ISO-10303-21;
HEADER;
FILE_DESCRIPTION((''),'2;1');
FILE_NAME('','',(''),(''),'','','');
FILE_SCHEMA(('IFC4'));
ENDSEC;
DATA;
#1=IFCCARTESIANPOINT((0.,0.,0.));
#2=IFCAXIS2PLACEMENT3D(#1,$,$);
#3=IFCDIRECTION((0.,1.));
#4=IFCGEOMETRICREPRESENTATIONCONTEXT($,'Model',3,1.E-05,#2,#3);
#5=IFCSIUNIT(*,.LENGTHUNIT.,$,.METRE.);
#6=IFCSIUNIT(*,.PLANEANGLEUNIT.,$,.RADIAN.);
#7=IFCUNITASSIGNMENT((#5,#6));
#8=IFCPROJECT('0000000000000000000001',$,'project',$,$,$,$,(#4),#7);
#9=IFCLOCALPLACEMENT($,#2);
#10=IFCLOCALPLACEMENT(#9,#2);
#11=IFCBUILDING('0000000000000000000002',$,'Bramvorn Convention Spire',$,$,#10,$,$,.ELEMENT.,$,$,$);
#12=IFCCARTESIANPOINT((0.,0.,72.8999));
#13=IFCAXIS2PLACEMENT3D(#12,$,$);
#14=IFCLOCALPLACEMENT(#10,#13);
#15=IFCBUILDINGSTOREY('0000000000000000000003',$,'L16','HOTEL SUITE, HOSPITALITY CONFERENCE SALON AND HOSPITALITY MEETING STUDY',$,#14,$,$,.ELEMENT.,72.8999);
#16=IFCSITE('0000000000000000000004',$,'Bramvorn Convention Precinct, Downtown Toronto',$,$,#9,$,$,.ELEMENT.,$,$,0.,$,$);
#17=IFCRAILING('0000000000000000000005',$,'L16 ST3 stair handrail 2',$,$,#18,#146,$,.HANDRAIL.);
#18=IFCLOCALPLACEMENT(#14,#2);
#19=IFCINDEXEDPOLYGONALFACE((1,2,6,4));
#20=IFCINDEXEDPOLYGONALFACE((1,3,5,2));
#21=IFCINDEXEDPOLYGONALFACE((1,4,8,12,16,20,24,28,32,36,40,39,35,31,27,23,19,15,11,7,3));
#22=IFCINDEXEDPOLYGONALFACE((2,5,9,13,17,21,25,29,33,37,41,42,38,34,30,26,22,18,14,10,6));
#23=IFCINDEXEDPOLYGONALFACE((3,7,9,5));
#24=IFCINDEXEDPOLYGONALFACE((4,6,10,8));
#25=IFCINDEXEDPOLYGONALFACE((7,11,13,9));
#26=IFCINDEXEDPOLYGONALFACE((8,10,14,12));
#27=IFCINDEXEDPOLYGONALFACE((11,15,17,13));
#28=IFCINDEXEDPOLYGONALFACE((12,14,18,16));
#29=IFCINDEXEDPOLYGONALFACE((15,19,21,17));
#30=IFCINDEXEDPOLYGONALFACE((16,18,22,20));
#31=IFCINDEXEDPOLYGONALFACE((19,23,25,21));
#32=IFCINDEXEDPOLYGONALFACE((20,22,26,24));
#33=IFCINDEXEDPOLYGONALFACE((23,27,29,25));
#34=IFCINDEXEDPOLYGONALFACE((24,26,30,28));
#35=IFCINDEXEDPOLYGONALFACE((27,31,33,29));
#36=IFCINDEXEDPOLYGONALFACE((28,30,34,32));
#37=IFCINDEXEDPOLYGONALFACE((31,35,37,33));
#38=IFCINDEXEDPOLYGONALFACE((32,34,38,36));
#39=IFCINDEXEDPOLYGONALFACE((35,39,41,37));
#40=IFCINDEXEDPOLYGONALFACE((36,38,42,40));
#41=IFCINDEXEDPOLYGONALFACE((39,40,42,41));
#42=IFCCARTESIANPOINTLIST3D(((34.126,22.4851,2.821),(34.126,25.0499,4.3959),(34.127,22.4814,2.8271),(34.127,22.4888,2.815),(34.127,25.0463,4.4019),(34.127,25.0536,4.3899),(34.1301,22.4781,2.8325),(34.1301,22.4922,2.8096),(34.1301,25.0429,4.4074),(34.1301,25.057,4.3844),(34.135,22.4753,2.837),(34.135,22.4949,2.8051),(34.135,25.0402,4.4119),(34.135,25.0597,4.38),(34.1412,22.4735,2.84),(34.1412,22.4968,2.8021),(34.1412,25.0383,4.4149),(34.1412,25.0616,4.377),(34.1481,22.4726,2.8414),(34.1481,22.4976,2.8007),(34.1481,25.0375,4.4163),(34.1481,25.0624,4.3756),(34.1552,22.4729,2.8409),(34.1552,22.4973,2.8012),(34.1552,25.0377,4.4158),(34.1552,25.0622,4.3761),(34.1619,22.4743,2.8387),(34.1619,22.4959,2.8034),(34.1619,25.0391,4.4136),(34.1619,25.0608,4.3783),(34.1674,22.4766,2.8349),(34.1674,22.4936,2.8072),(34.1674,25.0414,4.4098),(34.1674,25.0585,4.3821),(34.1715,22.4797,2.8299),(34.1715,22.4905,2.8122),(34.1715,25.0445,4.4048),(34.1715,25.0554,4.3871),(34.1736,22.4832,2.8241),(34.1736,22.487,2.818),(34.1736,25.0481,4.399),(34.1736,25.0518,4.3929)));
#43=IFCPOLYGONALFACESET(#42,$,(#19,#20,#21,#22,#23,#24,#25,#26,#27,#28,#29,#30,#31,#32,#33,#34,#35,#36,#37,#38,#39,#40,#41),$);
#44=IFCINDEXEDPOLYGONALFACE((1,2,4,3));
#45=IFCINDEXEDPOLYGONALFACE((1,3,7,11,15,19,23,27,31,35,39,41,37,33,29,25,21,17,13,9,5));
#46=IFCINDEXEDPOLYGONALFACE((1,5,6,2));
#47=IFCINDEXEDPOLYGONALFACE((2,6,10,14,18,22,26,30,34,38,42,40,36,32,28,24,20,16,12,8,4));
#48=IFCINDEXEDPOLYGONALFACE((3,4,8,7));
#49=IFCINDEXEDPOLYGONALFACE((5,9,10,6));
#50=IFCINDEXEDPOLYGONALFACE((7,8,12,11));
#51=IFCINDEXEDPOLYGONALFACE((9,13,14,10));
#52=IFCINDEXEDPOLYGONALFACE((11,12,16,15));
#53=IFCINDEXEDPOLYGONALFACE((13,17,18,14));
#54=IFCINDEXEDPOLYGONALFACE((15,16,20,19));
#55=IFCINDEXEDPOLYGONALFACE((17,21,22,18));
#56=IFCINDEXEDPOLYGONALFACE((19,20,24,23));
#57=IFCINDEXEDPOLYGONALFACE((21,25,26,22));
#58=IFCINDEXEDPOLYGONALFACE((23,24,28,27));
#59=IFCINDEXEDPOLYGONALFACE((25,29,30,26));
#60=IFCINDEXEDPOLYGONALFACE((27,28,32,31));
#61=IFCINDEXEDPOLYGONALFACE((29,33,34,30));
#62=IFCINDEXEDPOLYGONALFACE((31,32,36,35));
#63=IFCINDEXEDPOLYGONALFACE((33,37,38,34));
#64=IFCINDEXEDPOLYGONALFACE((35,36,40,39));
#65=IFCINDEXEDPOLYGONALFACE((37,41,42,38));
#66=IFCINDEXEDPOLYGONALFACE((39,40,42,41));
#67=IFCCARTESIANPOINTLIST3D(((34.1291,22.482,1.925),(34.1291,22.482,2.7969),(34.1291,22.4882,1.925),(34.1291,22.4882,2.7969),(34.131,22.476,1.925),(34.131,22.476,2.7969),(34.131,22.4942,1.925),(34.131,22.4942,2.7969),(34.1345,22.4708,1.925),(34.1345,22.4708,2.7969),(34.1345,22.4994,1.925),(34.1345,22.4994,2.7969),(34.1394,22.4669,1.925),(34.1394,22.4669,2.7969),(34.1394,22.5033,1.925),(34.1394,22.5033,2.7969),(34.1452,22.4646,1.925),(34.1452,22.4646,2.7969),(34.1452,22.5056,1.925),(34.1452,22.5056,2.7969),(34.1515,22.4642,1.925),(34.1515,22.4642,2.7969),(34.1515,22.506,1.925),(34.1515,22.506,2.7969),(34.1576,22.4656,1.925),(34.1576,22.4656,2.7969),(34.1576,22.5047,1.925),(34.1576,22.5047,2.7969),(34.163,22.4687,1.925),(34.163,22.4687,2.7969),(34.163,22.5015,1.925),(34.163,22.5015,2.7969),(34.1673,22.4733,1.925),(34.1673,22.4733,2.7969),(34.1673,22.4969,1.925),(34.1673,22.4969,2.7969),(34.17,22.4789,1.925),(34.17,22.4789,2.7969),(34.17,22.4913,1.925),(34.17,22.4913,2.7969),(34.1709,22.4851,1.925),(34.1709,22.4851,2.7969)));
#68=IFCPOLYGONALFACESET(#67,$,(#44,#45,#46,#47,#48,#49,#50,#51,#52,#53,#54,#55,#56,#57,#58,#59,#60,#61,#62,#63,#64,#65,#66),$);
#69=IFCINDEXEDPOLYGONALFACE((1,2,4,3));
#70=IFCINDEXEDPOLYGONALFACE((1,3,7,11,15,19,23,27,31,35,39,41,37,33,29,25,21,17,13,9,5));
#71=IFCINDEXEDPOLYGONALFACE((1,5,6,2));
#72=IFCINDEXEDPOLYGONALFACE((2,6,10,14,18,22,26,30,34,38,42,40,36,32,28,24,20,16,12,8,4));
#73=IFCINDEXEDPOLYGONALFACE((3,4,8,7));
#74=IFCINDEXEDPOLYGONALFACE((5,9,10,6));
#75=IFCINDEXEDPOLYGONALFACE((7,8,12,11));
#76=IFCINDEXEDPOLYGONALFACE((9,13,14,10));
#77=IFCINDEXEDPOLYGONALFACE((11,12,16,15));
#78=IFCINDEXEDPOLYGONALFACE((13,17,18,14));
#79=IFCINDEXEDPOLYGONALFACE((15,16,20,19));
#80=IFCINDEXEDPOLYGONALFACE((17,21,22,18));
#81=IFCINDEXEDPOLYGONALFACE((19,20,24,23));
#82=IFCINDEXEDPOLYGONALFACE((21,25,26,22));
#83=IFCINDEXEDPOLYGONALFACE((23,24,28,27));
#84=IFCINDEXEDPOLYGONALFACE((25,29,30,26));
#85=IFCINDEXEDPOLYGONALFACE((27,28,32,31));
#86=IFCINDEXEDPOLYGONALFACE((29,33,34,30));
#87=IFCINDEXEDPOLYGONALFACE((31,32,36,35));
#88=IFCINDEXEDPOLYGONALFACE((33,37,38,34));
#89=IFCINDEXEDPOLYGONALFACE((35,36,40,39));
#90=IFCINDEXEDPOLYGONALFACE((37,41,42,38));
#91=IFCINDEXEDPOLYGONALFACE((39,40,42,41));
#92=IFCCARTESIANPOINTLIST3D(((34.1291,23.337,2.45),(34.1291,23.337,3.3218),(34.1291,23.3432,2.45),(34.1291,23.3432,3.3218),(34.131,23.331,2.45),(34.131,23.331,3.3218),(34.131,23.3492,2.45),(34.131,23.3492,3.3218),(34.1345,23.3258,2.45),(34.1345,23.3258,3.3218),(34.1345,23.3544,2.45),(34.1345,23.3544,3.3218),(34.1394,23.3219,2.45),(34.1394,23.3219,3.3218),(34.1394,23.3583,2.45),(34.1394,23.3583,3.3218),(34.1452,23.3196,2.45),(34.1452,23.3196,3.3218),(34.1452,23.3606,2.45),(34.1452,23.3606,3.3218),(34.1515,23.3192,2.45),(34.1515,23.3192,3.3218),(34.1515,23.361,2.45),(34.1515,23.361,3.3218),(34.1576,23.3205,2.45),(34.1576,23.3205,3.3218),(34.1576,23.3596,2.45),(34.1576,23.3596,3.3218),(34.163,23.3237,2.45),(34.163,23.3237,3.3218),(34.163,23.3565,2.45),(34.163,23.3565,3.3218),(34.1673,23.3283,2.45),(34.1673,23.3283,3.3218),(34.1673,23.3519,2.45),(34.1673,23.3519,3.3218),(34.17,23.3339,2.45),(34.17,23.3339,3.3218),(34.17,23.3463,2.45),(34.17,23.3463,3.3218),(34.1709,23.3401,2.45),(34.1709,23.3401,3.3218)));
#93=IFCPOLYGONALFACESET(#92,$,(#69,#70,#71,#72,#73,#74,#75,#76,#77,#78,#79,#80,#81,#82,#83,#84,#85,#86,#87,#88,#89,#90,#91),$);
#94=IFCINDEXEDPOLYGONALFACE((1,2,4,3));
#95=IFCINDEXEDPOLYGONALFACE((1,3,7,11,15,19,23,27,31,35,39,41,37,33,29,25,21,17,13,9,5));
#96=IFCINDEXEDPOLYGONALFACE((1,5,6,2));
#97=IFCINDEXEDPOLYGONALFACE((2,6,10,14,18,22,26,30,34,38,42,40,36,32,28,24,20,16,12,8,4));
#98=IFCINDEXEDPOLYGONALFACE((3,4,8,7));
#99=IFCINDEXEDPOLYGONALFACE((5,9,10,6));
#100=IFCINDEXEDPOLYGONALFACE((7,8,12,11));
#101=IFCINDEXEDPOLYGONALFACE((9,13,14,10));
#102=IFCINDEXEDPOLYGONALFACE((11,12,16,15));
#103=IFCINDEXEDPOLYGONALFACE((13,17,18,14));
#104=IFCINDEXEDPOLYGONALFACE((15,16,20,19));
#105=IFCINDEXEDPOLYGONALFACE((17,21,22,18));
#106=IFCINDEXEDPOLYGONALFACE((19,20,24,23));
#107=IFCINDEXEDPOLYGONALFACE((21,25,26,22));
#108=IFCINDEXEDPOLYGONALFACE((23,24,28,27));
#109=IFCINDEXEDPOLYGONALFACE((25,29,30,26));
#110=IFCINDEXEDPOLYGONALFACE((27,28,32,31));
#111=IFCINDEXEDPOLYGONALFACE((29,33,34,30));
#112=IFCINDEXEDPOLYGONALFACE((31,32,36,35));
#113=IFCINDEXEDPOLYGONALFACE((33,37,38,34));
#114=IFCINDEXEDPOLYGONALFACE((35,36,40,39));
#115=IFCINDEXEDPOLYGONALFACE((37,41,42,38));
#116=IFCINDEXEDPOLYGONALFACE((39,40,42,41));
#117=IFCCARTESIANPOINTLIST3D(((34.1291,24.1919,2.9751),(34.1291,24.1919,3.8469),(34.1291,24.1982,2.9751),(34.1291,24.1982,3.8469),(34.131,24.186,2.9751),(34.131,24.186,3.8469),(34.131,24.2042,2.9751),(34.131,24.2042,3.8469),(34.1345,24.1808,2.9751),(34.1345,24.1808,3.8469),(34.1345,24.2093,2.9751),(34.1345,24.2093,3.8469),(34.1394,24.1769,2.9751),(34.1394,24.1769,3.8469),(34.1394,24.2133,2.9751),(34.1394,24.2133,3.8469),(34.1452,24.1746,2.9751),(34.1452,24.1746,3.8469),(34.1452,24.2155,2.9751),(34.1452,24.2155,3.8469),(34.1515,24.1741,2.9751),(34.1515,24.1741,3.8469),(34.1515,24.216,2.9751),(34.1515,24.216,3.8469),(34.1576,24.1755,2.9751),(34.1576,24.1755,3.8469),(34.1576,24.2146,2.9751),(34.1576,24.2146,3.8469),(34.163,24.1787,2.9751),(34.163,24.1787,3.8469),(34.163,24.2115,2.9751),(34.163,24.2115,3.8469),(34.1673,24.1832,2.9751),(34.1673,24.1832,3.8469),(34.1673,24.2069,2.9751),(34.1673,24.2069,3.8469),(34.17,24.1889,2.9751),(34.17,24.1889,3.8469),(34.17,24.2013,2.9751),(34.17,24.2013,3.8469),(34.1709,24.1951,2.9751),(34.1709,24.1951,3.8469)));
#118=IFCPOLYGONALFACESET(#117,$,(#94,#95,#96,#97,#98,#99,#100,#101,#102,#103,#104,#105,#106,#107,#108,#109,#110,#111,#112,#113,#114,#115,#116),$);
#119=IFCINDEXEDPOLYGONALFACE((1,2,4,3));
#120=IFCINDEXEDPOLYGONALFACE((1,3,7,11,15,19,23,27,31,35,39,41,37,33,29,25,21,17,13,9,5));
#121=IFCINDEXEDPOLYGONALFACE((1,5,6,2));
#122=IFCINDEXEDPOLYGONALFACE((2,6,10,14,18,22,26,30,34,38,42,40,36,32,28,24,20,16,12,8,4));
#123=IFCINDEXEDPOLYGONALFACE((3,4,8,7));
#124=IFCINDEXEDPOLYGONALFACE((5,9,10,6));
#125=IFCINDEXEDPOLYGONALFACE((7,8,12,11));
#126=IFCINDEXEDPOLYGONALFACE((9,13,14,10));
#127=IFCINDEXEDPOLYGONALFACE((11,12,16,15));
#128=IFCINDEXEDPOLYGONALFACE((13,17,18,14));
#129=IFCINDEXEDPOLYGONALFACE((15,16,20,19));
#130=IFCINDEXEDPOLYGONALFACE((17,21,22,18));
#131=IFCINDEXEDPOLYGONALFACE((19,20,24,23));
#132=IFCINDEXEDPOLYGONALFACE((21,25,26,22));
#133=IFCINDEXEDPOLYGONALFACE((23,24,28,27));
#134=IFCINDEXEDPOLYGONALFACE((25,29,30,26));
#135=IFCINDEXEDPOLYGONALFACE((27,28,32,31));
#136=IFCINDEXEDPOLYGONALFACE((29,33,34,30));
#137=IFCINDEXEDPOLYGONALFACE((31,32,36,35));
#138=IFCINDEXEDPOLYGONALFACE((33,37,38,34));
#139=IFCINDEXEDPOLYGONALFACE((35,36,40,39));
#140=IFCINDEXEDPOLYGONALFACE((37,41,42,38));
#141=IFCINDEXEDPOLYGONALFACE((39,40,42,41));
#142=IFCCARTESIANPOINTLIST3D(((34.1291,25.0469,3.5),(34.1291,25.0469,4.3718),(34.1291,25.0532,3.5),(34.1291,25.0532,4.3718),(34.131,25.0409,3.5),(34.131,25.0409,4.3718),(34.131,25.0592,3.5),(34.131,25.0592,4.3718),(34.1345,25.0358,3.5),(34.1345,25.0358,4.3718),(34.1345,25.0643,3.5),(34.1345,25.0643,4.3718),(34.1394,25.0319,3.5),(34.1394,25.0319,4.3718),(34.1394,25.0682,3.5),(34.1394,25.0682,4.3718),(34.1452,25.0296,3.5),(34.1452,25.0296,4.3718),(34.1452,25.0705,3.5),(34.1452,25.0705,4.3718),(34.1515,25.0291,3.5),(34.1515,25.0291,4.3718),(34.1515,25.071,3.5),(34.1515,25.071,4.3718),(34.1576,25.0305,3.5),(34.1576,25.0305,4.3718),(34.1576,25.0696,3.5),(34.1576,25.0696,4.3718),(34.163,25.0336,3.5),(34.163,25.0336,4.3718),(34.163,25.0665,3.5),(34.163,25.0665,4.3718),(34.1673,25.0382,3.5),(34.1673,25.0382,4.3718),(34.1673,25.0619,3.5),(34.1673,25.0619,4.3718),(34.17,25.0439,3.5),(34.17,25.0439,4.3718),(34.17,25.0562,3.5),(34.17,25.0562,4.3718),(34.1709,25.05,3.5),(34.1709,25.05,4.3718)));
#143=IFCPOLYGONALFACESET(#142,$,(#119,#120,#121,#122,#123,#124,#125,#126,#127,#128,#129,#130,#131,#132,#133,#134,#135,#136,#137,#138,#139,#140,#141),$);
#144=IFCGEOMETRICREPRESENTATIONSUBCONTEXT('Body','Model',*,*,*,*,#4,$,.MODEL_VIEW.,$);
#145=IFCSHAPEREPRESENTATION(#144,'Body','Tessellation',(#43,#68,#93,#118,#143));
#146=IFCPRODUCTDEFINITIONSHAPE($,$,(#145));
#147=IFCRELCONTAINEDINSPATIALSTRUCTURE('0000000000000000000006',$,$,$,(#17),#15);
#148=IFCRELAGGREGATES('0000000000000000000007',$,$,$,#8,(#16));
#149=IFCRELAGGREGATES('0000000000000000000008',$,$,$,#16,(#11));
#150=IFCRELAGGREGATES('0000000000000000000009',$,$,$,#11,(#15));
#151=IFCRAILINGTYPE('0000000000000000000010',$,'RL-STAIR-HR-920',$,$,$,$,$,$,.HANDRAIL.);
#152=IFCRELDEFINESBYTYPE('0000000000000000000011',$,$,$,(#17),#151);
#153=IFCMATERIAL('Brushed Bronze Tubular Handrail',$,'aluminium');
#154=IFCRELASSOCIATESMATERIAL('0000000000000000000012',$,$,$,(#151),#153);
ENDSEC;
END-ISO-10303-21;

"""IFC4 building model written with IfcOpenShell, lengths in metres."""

from ifc_helpers import new_model, si_unit, direction, frame, origin, origin_2d, place, context, subcontext, project, spatial, circle, extrude, material, type_object, element, save


model = new_model("IFC4")

# Units and contexts
model_context = context("Model", 3, precision=1e-05, world=origin(), true_north=direction((0.0, 1.0)))
body_context = subcontext(model_context, "Body", "Model", "MODEL_VIEW")
ifc_project = project(units=[si_unit("LENGTHUNIT", "METRE"), si_unit("PLANEANGLEUNIT", "RADIAN")], contexts=[model_context])

# Site, building, storey
site_placement = place(None, origin())
site = spatial("IfcSite", under=ifc_project, at=site_placement, Name="Bramvorn Convention Precinct, Downtown Toronto", CompositionType="ELEMENT", RefElevation=0.0)
building_placement = place(site_placement, origin())
building = spatial("IfcBuilding", under=site, at=building_placement, Name="Bramvorn Convention Spire", CompositionType="ELEMENT")
storey_placement = place(building_placement, frame((0.0, 0.0, 72.8999)))
storey = spatial("IfcBuildingStorey", under=building, at=storey_placement, Name="L16", Description="HOTEL SUITE, HOSPITALITY CONFERENCE SALON AND HOSPITALITY MEETING STUDY", CompositionType="ELEMENT", Elevation=72.8999)

# Railing
ifc_material_1 = material(Name="Brushed Bronze Tubular Handrail", Category="aluminium")
railing_type_1 = type_object("IfcRailingType", Name="RL-STAIR-HR-920", PredefinedType="HANDRAIL", material=ifc_material_1)
railing_1_placement = place(storey_placement, frame((34.1499, 22.4851, 1.925)))
element("IfcRailing", 1, at=railing_1_placement, inside=storey, type_object=railing_type_1, Name="L16 ST3 stair handrail 2", PredefinedType="HANDRAIL", context=body_context, shape_type="SweptSolid", body=[
    extrude(circle(Radius=0.0239, at=origin_2d()), frame((0.0, 0.0, 0.896), z_axis=(0.0, 0.852173, 0.52326), x_axis=(-1.0, 0.0, 0.0)), (0.0, 0.0, 1.0), 3.0098),
    extrude(circle(Radius=0.021, at=origin_2d()), origin(), (0.0, 0.0, 1.0), 0.8718),
    extrude(circle(Radius=0.021, at=origin_2d()), frame((0.0, 0.855, 0.5249)), (0.0, 0.0, 1.0), 0.8718),
    extrude(circle(Radius=0.021, at=origin_2d()), frame((0.0, 1.71, 1.05)), (0.0, 0.0, 1.0), 0.8718),
    extrude(circle(Radius=0.021, at=origin_2d()), frame((0.0, 2.5649, 1.575)), (0.0, 0.0, 1.0), 0.8718),
])

save(model, "model.ifc")
